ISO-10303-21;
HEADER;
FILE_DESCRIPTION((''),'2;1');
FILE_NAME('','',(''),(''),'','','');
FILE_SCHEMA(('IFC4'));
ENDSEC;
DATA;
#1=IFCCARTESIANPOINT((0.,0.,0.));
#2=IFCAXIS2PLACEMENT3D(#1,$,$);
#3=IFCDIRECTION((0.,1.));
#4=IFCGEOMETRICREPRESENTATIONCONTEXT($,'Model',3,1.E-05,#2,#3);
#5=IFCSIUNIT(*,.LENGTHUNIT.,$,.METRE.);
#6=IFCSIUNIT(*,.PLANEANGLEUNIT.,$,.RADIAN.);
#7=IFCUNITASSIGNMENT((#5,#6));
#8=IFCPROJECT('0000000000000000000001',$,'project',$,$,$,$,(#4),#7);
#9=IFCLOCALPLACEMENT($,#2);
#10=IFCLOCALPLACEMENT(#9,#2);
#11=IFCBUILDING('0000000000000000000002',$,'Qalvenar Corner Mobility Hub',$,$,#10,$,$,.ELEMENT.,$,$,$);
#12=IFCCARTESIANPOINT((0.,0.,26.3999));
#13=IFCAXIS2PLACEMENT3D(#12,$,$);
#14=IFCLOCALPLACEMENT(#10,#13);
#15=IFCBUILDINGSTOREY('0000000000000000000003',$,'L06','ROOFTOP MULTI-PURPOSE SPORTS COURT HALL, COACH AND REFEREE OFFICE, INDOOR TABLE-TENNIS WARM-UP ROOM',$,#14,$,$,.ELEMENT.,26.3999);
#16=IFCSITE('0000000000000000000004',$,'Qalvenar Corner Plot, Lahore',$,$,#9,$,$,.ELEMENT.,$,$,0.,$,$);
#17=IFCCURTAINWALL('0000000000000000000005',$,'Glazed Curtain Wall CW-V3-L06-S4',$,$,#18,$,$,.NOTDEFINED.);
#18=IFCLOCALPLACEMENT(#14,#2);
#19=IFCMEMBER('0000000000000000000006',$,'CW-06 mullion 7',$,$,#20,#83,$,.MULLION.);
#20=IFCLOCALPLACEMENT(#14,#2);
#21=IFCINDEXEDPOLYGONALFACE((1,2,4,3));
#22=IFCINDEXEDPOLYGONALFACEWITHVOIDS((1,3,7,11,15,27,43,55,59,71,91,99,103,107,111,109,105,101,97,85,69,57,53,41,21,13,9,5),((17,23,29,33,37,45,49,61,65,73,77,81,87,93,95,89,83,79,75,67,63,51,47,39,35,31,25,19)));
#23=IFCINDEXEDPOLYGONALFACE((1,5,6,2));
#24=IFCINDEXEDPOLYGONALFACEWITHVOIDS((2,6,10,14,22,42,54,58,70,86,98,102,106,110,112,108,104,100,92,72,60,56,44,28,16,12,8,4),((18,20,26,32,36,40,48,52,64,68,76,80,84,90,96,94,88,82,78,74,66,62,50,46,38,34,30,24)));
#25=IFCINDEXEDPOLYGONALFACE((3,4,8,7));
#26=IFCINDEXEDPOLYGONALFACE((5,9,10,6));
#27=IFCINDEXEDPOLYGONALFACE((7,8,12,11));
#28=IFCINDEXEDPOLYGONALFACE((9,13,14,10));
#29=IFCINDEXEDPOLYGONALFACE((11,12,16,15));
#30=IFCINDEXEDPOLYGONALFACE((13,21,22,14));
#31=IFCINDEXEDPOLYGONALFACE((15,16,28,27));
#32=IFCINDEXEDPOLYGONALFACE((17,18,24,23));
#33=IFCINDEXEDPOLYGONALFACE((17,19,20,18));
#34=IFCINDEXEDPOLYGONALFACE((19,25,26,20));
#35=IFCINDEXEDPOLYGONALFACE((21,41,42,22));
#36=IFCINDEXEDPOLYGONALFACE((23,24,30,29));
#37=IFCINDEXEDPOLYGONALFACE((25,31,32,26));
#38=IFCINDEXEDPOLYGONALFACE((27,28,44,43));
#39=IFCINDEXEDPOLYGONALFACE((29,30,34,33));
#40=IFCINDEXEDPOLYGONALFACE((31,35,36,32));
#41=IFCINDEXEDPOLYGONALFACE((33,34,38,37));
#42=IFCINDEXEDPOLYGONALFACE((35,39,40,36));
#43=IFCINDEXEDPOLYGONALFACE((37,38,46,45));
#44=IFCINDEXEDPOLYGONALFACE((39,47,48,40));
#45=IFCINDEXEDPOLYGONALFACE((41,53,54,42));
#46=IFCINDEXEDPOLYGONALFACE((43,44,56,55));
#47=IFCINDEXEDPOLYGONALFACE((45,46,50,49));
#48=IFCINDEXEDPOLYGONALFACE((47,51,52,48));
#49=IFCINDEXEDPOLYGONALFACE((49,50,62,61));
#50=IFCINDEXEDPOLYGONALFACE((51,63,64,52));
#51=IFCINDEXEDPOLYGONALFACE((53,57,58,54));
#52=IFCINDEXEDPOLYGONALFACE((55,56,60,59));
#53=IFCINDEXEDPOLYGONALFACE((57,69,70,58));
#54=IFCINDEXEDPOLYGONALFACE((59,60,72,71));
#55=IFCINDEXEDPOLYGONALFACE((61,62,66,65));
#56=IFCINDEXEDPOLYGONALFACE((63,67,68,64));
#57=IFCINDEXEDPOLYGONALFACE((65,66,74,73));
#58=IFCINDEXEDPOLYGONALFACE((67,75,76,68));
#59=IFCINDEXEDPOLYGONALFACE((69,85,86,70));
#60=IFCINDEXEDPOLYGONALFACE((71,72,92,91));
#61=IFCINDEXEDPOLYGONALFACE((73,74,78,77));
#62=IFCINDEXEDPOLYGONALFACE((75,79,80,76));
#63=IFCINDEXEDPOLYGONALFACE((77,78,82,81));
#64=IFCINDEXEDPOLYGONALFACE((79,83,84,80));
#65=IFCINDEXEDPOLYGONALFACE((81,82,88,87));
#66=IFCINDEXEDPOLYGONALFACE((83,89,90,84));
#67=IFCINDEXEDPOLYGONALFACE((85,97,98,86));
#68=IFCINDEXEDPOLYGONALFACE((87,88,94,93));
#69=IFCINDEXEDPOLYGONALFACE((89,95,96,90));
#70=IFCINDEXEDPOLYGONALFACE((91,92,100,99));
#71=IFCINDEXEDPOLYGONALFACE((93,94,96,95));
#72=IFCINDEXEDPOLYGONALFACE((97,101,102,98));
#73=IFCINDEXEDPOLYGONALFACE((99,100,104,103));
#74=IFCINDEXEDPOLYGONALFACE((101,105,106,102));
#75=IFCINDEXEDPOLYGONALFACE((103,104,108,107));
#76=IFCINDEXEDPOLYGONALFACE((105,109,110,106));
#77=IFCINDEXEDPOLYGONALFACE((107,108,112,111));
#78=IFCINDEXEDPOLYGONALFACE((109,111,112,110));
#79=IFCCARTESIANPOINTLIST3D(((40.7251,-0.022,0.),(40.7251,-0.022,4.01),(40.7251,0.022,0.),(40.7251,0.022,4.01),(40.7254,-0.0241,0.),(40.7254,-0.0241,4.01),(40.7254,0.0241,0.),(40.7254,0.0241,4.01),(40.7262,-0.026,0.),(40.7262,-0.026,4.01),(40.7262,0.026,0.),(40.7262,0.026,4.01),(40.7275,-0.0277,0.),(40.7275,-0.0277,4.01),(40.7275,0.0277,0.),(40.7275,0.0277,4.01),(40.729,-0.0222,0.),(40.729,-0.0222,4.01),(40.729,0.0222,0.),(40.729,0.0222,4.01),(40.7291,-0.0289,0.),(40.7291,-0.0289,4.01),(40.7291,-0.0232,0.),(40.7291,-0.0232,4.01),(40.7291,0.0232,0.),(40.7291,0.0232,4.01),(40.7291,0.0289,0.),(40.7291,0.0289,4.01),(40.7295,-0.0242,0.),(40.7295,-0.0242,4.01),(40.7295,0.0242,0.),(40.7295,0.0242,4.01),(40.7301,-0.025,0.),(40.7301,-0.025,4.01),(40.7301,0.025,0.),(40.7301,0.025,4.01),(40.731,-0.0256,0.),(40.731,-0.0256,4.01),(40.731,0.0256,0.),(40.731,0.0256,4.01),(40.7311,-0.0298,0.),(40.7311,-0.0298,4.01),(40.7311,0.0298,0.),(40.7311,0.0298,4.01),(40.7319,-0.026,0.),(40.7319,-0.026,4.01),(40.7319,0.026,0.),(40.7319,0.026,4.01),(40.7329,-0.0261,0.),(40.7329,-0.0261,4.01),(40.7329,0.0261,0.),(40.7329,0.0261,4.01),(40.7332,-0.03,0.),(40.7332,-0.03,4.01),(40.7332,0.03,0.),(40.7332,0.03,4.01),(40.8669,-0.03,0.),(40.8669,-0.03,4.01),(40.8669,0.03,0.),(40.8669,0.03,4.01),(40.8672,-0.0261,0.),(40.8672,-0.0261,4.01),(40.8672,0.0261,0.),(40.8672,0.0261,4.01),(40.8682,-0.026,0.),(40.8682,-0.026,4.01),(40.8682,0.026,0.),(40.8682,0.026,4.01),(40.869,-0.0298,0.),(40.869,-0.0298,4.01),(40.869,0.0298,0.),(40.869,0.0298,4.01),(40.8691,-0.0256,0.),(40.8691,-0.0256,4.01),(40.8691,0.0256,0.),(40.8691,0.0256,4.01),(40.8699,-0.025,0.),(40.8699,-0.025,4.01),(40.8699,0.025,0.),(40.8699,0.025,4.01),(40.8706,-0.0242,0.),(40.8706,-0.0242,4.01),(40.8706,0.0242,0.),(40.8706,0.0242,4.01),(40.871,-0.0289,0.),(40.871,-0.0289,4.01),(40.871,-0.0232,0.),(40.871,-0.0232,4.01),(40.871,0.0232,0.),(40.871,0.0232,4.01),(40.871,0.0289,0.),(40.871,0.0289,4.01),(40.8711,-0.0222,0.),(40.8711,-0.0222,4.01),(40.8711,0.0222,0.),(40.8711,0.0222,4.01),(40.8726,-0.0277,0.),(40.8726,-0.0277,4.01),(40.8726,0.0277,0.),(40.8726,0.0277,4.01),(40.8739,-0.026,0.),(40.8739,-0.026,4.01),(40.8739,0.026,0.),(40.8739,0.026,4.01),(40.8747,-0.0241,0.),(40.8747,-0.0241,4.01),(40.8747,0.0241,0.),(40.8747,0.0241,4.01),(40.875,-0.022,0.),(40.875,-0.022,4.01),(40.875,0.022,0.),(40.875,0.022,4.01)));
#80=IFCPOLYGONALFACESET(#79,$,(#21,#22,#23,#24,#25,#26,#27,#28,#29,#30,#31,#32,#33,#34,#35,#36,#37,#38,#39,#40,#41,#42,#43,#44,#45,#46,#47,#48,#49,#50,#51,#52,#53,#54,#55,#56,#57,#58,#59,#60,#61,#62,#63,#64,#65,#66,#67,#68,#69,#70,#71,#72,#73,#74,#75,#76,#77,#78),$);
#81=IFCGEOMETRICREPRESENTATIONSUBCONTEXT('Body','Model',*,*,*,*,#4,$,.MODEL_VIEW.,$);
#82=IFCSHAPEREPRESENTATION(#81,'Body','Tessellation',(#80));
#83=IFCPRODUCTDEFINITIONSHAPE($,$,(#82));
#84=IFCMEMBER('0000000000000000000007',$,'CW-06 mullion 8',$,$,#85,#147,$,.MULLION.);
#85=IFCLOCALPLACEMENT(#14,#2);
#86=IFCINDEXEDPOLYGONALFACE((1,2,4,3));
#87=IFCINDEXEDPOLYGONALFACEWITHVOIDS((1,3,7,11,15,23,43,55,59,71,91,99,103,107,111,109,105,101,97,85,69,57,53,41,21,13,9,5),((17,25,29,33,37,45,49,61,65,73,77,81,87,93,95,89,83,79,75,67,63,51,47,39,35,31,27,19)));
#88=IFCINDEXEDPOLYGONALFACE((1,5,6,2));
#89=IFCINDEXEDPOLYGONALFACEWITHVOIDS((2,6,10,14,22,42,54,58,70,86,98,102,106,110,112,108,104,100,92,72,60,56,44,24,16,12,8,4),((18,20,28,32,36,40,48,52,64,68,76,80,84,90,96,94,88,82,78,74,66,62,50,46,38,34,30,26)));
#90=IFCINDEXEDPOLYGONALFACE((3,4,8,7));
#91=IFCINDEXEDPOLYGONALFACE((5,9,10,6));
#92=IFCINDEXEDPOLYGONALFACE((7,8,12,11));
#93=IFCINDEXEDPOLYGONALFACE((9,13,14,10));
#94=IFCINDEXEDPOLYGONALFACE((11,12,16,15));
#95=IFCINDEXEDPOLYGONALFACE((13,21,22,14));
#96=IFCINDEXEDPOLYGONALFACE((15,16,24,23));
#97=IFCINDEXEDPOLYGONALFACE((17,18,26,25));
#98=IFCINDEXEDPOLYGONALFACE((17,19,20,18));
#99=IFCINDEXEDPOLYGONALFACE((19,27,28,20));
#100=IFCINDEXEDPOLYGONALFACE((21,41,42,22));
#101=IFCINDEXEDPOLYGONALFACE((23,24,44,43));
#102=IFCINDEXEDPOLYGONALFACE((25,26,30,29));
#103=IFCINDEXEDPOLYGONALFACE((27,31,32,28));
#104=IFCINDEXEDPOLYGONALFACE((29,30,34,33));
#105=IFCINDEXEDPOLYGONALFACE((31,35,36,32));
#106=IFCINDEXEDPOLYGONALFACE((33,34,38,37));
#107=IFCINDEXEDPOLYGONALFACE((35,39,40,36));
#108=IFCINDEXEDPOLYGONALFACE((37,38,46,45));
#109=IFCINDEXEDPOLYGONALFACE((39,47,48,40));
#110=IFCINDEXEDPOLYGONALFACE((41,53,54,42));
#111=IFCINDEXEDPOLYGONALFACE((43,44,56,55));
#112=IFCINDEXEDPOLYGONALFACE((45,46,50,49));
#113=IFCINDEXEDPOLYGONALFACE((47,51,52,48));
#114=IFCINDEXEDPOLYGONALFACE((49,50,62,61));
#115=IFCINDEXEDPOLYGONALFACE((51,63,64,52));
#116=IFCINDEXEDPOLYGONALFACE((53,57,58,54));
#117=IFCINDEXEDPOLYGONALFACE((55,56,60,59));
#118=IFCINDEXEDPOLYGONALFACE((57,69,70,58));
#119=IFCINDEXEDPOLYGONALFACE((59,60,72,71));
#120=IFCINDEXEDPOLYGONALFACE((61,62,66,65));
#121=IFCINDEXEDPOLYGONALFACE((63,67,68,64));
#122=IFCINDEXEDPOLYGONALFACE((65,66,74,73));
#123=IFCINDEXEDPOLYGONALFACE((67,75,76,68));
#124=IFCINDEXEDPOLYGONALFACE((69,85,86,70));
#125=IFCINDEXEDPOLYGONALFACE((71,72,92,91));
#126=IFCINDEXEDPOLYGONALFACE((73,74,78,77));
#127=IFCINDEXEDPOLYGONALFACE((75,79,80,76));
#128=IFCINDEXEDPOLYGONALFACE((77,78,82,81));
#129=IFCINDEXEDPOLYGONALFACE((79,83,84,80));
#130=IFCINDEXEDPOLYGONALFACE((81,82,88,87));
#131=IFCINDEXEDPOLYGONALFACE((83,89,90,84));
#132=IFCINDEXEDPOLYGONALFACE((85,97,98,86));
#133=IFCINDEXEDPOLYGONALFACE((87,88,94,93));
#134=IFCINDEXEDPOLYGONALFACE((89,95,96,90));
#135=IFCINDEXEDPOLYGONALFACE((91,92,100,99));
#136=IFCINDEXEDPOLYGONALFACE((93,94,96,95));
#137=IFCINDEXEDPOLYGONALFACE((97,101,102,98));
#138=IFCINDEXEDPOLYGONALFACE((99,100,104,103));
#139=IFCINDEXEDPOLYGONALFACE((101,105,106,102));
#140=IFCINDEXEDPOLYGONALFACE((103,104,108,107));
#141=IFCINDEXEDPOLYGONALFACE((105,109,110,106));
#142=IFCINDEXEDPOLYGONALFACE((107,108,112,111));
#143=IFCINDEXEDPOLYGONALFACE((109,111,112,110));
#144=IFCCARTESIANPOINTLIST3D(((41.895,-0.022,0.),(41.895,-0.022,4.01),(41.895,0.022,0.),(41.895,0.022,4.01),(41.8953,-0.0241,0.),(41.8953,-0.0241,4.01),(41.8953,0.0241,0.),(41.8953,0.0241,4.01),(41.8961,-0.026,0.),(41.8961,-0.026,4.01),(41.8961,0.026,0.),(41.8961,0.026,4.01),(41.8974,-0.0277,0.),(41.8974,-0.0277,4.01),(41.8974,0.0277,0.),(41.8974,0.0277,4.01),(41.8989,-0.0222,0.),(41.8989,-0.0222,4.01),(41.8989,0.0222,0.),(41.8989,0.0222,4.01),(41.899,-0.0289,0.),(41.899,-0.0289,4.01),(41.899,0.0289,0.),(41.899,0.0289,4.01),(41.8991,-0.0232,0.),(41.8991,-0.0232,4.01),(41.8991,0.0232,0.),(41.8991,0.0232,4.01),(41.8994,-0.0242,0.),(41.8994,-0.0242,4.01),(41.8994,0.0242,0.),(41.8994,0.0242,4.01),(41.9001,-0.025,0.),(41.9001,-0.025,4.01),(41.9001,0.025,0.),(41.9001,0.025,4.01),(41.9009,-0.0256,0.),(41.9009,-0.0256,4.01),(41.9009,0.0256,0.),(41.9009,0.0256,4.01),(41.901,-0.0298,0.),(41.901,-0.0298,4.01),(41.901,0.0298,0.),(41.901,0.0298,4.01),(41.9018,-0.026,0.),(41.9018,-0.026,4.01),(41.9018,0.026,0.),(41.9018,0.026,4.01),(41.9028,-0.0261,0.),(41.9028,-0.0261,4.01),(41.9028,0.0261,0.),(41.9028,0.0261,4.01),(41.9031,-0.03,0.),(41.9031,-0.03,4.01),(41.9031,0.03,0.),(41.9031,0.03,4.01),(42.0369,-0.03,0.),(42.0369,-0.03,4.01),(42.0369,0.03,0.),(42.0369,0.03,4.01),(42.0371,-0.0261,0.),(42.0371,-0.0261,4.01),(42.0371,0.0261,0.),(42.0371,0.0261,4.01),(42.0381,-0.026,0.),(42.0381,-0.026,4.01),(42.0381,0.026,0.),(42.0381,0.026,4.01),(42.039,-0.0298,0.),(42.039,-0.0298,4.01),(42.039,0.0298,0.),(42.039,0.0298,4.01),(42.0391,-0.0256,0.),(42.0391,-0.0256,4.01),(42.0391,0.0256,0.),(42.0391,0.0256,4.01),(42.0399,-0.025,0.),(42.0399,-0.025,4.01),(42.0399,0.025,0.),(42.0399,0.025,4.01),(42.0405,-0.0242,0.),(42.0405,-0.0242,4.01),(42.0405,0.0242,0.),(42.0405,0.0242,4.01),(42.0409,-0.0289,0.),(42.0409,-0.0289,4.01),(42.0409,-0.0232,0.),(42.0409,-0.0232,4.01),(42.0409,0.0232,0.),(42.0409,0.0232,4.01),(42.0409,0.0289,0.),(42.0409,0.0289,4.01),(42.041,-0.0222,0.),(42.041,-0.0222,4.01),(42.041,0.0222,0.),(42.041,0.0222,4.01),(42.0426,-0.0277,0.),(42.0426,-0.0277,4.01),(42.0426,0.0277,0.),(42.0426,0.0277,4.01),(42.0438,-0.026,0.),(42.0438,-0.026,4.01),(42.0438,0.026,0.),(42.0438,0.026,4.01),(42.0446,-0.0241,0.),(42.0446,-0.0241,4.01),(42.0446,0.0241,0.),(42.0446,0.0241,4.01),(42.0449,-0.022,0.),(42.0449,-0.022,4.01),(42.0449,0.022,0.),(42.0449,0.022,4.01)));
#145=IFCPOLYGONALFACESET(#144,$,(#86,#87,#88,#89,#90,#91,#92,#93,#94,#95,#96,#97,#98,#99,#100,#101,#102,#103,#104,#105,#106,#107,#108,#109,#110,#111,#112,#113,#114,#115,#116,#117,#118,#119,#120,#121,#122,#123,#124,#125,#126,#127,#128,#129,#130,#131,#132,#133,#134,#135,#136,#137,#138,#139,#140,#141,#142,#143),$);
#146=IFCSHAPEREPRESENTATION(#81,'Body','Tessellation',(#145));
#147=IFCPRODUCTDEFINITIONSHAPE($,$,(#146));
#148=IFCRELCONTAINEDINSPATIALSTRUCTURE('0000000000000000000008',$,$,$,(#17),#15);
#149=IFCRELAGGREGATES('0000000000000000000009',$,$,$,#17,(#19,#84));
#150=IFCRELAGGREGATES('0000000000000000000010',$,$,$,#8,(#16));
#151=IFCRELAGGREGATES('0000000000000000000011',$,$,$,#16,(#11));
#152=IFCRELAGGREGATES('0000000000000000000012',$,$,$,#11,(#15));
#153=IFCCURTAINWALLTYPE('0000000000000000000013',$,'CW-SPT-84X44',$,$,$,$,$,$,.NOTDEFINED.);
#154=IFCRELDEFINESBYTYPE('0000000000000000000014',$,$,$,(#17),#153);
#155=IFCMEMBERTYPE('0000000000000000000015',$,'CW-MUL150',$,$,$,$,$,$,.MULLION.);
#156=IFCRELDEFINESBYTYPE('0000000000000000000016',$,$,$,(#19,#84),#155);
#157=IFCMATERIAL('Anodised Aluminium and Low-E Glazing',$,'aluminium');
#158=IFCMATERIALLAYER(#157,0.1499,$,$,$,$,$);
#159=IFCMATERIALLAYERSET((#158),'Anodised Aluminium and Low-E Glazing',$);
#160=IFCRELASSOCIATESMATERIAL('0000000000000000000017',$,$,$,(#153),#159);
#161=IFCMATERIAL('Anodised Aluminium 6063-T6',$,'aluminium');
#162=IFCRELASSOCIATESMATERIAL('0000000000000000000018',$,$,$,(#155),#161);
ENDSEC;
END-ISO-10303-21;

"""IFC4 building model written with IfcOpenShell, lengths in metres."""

from ifc_helpers import new_model, si_unit, direction, frame, origin, origin_2d, place, context, subcontext, project, spatial, hollow_rectangle, extrude, material, layer, layer_set, material_profile, profile_set, type_object, element, aggregate, save


model = new_model("IFC4")

# Units and contexts
model_context = context("Model", 3, precision=1e-05, world=origin(), true_north=direction((0.0, 1.0)))
body_context = subcontext(model_context, "Body", "Model", "MODEL_VIEW")
ifc_project = project(units=[si_unit("LENGTHUNIT", "METRE"), si_unit("PLANEANGLEUNIT", "RADIAN")], contexts=[model_context])

# Site, building, storey
site_placement = place(None, origin())
site = spatial("IfcSite", under=ifc_project, at=site_placement, Name="Qalvenar Corner Plot, Lahore", CompositionType="ELEMENT", RefElevation=0.0)
building_placement = place(site_placement, origin())
building = spatial("IfcBuilding", under=site, at=building_placement, Name="Qalvenar Corner Mobility Hub", CompositionType="ELEMENT")
storey_placement = place(building_placement, frame((0.0, 0.0, 26.3999)))
storey = spatial("IfcBuildingStorey", under=building, at=storey_placement, Name="L06", Description="ROOFTOP MULTI-PURPOSE SPORTS COURT HALL, COACH AND REFEREE OFFICE, INDOOR TABLE-TENNIS WARM-UP ROOM", CompositionType="ELEMENT", Elevation=26.3999)

# Curtain wall, members
ifc_material_1 = material(Name="Anodised Aluminium and Low-E Glazing", Category="aluminium")
ifc_material_2 = material(Name="Anodised Aluminium 6063-T6", Category="aluminium")
ifc_layer_1 = layer(ifc_material_1, 0.1499)
ifc_layer_set_1 = layer_set([ifc_layer_1], Name="Anodised Aluminium and Low-E Glazing")
curtain_wall_type_1 = type_object("IfcCurtainWallType", Name="CW-SPT-84X44", PredefinedType="NOTDEFINED", material=ifc_layer_set_1)
curtain_wall_1_placement = place(storey_placement, origin())
curtain_wall_1 = element("IfcCurtainWall", 1, at=curtain_wall_1_placement, inside=storey, type_object=curtain_wall_type_1, Name="Glazed Curtain Wall CW-V3-L06-S4", PredefinedType="NOTDEFINED")
ifc_material_profile_1 = material_profile(ifc_material_2, hollow_rectangle(XDim=0.0601, YDim=0.1499, WallThickness=0.0039, InnerFilletRadius=0.0039, OuterFilletRadius=0.0081, at=origin_2d()), Name="RHS150x60x4")
ifc_profile_set_1 = profile_set([ifc_material_profile_1], Name="Anodised Aluminium 6063-T6")
member_type_1 = type_object("IfcMemberType", Name="CW-MUL150", PredefinedType="MULLION", material=ifc_profile_set_1)
member_1_placement = place(storey_placement, frame((40.8, 0.0, 0.0), z_axis=(0.0, 0.0, 1.0), x_axis=(0.0, 1.0, 0.0)))
member_1 = element("IfcMember", 2, at=member_1_placement, type_object=member_type_1, Name="CW-06 mullion 7", PredefinedType="MULLION", context=body_context, shape_type="SweptSolid", body=[
    extrude(hollow_rectangle(XDim=0.0601, YDim=0.1499, WallThickness=0.0039, InnerFilletRadius=0.0039, OuterFilletRadius=0.0081, at=origin_2d()), origin(), (0.0, 0.0, 1.0), 4.01),
])
member_2_placement = place(storey_placement, frame((41.97, 0.0, 0.0), z_axis=(0.0, 0.0, 1.0), x_axis=(0.0, 1.0, 0.0)))
member_2 = element("IfcMember", 3, at=member_2_placement, type_object=member_type_1, Name="CW-06 mullion 8", PredefinedType="MULLION", context=body_context, shape_type="SweptSolid", body=[
    extrude(hollow_rectangle(XDim=0.0601, YDim=0.1499, WallThickness=0.0039, InnerFilletRadius=0.0039, OuterFilletRadius=0.0081, at=origin_2d()), origin(), (0.0, 0.0, 1.0), 4.01),
])

aggregate(curtain_wall_1, [member_1, member_2])

save(model, "model.ifc")
